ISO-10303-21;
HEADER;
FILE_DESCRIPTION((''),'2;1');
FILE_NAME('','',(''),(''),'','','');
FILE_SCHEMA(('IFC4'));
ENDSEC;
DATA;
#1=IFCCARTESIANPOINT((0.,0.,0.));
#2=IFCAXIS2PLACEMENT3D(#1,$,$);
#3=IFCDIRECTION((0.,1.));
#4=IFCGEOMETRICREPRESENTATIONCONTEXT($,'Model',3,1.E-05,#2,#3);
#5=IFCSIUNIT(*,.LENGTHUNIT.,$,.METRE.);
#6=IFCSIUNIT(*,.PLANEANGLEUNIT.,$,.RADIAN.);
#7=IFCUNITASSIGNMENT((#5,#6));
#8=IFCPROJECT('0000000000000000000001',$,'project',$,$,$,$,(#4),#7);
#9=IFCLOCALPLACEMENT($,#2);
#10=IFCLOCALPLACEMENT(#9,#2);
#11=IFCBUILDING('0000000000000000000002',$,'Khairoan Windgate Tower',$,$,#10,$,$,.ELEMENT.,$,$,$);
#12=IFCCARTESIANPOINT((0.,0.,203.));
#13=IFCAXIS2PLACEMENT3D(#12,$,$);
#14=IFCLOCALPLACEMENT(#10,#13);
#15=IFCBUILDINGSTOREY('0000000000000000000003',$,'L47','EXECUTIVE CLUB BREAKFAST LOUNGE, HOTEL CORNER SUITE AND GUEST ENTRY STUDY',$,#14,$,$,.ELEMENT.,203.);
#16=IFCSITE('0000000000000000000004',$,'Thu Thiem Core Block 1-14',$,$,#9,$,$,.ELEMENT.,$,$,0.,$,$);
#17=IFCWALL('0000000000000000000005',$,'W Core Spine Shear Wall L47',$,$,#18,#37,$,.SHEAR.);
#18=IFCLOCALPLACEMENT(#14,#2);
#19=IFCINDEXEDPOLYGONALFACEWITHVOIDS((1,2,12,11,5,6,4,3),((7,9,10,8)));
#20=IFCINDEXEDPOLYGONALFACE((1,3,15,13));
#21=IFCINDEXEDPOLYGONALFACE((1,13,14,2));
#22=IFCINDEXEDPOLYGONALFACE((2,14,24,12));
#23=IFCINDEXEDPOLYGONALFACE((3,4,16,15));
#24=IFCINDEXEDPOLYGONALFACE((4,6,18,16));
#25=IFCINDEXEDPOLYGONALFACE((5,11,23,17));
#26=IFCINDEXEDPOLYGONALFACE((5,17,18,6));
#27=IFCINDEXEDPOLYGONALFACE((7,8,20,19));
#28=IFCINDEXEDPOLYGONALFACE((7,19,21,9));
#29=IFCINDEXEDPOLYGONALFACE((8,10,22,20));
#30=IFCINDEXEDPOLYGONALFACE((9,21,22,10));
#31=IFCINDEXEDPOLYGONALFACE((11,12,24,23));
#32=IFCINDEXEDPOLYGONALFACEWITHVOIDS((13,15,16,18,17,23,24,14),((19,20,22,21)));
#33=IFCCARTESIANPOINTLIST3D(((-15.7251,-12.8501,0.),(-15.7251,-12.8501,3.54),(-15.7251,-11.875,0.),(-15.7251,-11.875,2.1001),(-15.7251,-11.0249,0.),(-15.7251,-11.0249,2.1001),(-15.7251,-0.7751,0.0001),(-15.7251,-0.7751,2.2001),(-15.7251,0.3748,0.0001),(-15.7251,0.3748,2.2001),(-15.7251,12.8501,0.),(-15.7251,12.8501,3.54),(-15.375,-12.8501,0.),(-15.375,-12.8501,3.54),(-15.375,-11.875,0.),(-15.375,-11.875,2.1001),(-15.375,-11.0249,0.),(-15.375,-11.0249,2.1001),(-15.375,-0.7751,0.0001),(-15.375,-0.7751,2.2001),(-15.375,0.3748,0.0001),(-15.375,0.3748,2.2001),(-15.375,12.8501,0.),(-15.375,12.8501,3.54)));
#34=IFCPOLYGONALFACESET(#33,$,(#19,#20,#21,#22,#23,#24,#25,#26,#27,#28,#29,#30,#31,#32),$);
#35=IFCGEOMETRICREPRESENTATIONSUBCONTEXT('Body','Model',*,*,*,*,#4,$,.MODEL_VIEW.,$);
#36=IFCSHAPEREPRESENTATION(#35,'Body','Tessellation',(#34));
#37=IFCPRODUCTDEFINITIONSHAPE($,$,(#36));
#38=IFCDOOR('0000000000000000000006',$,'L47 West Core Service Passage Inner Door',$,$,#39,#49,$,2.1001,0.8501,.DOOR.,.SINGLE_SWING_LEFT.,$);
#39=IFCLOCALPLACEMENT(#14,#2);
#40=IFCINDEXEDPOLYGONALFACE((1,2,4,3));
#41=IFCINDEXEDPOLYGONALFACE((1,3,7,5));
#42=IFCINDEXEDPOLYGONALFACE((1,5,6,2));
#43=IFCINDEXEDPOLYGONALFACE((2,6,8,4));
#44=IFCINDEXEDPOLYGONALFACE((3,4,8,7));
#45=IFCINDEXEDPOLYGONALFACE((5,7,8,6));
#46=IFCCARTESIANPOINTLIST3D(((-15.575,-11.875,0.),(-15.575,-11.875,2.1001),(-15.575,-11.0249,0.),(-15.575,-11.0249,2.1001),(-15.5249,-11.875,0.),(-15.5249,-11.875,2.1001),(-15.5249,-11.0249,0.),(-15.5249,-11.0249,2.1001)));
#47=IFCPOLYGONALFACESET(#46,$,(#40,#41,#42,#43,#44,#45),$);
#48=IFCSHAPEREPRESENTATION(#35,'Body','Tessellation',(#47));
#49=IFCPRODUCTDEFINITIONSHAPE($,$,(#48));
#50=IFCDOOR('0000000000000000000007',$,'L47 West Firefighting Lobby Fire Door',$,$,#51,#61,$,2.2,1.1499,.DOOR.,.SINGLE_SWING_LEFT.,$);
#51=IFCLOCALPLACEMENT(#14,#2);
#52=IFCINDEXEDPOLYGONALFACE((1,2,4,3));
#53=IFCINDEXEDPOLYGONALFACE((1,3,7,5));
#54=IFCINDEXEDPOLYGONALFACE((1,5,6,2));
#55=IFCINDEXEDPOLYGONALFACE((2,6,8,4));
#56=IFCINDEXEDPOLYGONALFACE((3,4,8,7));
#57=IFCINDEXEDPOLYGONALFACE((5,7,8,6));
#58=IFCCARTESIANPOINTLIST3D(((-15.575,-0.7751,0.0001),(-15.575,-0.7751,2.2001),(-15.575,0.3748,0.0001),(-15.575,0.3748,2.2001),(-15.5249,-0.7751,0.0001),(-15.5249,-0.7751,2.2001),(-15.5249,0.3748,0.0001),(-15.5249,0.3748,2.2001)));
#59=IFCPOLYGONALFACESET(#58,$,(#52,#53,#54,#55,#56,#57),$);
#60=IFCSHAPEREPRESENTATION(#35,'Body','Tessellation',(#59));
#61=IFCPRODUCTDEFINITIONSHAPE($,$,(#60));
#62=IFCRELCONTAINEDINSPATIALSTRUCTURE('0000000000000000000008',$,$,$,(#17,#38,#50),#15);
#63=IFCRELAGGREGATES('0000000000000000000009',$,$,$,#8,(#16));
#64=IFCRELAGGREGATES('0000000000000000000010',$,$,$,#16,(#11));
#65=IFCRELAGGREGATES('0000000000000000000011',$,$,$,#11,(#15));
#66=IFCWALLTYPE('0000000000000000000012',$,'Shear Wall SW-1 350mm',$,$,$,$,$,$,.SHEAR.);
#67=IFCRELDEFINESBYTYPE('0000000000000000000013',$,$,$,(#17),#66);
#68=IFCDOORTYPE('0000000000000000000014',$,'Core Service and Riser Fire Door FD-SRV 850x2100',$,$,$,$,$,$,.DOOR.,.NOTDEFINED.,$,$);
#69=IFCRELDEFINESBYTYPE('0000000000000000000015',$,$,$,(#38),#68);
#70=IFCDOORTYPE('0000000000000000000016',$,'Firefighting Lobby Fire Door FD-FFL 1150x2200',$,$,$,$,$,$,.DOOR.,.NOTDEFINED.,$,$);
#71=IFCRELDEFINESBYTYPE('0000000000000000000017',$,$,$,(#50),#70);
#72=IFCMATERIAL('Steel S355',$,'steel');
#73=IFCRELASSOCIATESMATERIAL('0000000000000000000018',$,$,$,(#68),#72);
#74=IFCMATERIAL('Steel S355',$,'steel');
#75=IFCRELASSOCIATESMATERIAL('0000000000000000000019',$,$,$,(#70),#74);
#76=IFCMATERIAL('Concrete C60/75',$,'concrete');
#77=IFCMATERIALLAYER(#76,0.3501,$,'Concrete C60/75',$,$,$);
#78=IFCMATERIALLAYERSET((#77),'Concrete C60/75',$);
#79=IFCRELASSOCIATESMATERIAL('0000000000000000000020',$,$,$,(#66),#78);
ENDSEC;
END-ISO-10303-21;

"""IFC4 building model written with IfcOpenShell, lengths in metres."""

from ifc_helpers import new_model, si_unit, direction, frame, frame_2d, origin, place, context, subcontext, project, spatial, rectangle, extrude, material, layer, layer_set, type_object, element, fill, save


model = new_model("IFC4")

# Units and contexts
model_context = context("Model", 3, precision=1e-05, world=origin(), true_north=direction((0.0, 1.0)))
body_context = subcontext(model_context, "Body", "Model", "MODEL_VIEW")
ifc_project = project(units=[si_unit("LENGTHUNIT", "METRE"), si_unit("PLANEANGLEUNIT", "RADIAN")], contexts=[model_context])

# Site, building, storey
site_placement = place(None, origin())
site = spatial("IfcSite", under=ifc_project, at=site_placement, Name="Thu Thiem Core Block 1-14", CompositionType="ELEMENT", RefElevation=0.0)
building_placement = place(site_placement, origin())
building = spatial("IfcBuilding", under=site, at=building_placement, Name="Khairoan Windgate Tower", CompositionType="ELEMENT")
storey_placement = place(building_placement, frame((0.0, 0.0, 203.0)))
storey = spatial("IfcBuildingStorey", under=building, at=storey_placement, Name="L47", Description="EXECUTIVE CLUB BREAKFAST LOUNGE, HOTEL CORNER SUITE AND GUEST ENTRY STUDY", CompositionType="ELEMENT", Elevation=203.0)

# Shared definitions
ifc_material_1 = material(Name="Steel S355", Category="steel")
door_type_1 = type_object("IfcDoorType", Name="Core Service and Riser Fire Door FD-SRV 850x2100", OperationType="NOTDEFINED", PredefinedType="DOOR", material=ifc_material_1)

# Wall, openings, doors
ifc_material_2 = material(Name="Steel S355", Category="steel")
door_type_2 = type_object("IfcDoorType", Name="Firefighting Lobby Fire Door FD-FFL 1150x2200", OperationType="NOTDEFINED", PredefinedType="DOOR", material=ifc_material_2)
ifc_material_3 = material(Name="Concrete C60/75", Category="concrete")
ifc_layer_1 = layer(ifc_material_3, 0.3501, Name="Concrete C60/75")
ifc_layer_set_1 = layer_set([ifc_layer_1], Name="Concrete C60/75")
wall_type_1 = type_object("IfcWallType", Name="Shear Wall SW-1 350mm", PredefinedType="SHEAR", material=ifc_layer_set_1)
wall_1_placement = place(storey_placement, frame((-15.55, -12.8501, 0.0), z_axis=(0.0, 0.0, 1.0), x_axis=(0.0, 1.0, 0.0)))
wall_1 = element("IfcWall", 1, at=wall_1_placement, inside=storey, type_object=wall_type_1, Name="W Core Spine Shear Wall L47", PredefinedType="SHEAR", context=body_context, shape_type="SweptSolid", body=[
    extrude(rectangle(XDim=25.7002, YDim=0.3501, at=frame_2d((12.8501, 0.0))), origin(), (0.0, 0.0, 1.0), 3.54),
])
opening_1_placement = place(wall_1_placement, frame((12.075, 0.0, 0.0)))
opening_1 = element("IfcOpeningElement", 2, at=opening_1_placement, cuts=wall_1, PredefinedType="OPENING", context=body_context, shape_type="SweptSolid", body=[
    extrude(rectangle(XDim=1.1499, YDim=2.2, at=frame_2d((0.575, 1.1001))), frame((0.0, 0.1851, 0.0), z_axis=(0.0, -1.0, 0.0), x_axis=(1.0, 0.0, 0.0)), (0.0, 0.0, 1.0), 0.3701),
])
opening_2_placement = place(wall_1_placement, frame((0.9751, 0.0, 0.0)))
opening_2 = element("IfcOpeningElement", 3, at=opening_2_placement, cuts=wall_1, PredefinedType="OPENING", context=body_context, shape_type="SweptSolid", body=[
    extrude(rectangle(XDim=0.8501, YDim=2.1001, at=frame_2d((0.425, 1.05))), frame((0.0, 0.1851, 0.0), z_axis=(0.0, -1.0, 0.0), x_axis=(1.0, 0.0, 0.0)), (0.0, 0.0, 1.0), 0.3701),
])
door_1_placement = place(opening_2_placement, origin())
door_1 = element("IfcDoor", 4, at=door_1_placement, inside=storey, type_object=door_type_1, Name="L47 West Core Service Passage Inner Door", OperationType="SINGLE_SWING_LEFT", OverallHeight=2.1001, OverallWidth=0.8501, PredefinedType="DOOR", context=body_context, shape_type="SweptSolid", body=[
    extrude(rectangle(XDim=0.8501, YDim=2.1001, at=frame_2d((0.425, 1.05))), frame((0.0, 0.0249, 0.0), z_axis=(0.0, -1.0, 0.0), x_axis=(1.0, 0.0, 0.0)), (0.0, 0.0, 1.0), 0.05),
])
fill(opening_2, door_1)
door_2_placement = place(opening_1_placement, origin())
door_2 = element("IfcDoor", 5, at=door_2_placement, inside=storey, type_object=door_type_2, Name="L47 West Firefighting Lobby Fire Door", OperationType="SINGLE_SWING_LEFT", OverallHeight=2.2, OverallWidth=1.1499, PredefinedType="DOOR", context=body_context, shape_type="SweptSolid", body=[
    extrude(rectangle(XDim=1.1499, YDim=2.2, at=frame_2d((0.575, 1.1001))), frame((0.0, 0.0249, 0.0), z_axis=(0.0, -1.0, 0.0), x_axis=(1.0, 0.0, 0.0)), (0.0, 0.0, 1.0), 0.05),
])
fill(opening_1, door_2)

save(model, "model.ifc")
